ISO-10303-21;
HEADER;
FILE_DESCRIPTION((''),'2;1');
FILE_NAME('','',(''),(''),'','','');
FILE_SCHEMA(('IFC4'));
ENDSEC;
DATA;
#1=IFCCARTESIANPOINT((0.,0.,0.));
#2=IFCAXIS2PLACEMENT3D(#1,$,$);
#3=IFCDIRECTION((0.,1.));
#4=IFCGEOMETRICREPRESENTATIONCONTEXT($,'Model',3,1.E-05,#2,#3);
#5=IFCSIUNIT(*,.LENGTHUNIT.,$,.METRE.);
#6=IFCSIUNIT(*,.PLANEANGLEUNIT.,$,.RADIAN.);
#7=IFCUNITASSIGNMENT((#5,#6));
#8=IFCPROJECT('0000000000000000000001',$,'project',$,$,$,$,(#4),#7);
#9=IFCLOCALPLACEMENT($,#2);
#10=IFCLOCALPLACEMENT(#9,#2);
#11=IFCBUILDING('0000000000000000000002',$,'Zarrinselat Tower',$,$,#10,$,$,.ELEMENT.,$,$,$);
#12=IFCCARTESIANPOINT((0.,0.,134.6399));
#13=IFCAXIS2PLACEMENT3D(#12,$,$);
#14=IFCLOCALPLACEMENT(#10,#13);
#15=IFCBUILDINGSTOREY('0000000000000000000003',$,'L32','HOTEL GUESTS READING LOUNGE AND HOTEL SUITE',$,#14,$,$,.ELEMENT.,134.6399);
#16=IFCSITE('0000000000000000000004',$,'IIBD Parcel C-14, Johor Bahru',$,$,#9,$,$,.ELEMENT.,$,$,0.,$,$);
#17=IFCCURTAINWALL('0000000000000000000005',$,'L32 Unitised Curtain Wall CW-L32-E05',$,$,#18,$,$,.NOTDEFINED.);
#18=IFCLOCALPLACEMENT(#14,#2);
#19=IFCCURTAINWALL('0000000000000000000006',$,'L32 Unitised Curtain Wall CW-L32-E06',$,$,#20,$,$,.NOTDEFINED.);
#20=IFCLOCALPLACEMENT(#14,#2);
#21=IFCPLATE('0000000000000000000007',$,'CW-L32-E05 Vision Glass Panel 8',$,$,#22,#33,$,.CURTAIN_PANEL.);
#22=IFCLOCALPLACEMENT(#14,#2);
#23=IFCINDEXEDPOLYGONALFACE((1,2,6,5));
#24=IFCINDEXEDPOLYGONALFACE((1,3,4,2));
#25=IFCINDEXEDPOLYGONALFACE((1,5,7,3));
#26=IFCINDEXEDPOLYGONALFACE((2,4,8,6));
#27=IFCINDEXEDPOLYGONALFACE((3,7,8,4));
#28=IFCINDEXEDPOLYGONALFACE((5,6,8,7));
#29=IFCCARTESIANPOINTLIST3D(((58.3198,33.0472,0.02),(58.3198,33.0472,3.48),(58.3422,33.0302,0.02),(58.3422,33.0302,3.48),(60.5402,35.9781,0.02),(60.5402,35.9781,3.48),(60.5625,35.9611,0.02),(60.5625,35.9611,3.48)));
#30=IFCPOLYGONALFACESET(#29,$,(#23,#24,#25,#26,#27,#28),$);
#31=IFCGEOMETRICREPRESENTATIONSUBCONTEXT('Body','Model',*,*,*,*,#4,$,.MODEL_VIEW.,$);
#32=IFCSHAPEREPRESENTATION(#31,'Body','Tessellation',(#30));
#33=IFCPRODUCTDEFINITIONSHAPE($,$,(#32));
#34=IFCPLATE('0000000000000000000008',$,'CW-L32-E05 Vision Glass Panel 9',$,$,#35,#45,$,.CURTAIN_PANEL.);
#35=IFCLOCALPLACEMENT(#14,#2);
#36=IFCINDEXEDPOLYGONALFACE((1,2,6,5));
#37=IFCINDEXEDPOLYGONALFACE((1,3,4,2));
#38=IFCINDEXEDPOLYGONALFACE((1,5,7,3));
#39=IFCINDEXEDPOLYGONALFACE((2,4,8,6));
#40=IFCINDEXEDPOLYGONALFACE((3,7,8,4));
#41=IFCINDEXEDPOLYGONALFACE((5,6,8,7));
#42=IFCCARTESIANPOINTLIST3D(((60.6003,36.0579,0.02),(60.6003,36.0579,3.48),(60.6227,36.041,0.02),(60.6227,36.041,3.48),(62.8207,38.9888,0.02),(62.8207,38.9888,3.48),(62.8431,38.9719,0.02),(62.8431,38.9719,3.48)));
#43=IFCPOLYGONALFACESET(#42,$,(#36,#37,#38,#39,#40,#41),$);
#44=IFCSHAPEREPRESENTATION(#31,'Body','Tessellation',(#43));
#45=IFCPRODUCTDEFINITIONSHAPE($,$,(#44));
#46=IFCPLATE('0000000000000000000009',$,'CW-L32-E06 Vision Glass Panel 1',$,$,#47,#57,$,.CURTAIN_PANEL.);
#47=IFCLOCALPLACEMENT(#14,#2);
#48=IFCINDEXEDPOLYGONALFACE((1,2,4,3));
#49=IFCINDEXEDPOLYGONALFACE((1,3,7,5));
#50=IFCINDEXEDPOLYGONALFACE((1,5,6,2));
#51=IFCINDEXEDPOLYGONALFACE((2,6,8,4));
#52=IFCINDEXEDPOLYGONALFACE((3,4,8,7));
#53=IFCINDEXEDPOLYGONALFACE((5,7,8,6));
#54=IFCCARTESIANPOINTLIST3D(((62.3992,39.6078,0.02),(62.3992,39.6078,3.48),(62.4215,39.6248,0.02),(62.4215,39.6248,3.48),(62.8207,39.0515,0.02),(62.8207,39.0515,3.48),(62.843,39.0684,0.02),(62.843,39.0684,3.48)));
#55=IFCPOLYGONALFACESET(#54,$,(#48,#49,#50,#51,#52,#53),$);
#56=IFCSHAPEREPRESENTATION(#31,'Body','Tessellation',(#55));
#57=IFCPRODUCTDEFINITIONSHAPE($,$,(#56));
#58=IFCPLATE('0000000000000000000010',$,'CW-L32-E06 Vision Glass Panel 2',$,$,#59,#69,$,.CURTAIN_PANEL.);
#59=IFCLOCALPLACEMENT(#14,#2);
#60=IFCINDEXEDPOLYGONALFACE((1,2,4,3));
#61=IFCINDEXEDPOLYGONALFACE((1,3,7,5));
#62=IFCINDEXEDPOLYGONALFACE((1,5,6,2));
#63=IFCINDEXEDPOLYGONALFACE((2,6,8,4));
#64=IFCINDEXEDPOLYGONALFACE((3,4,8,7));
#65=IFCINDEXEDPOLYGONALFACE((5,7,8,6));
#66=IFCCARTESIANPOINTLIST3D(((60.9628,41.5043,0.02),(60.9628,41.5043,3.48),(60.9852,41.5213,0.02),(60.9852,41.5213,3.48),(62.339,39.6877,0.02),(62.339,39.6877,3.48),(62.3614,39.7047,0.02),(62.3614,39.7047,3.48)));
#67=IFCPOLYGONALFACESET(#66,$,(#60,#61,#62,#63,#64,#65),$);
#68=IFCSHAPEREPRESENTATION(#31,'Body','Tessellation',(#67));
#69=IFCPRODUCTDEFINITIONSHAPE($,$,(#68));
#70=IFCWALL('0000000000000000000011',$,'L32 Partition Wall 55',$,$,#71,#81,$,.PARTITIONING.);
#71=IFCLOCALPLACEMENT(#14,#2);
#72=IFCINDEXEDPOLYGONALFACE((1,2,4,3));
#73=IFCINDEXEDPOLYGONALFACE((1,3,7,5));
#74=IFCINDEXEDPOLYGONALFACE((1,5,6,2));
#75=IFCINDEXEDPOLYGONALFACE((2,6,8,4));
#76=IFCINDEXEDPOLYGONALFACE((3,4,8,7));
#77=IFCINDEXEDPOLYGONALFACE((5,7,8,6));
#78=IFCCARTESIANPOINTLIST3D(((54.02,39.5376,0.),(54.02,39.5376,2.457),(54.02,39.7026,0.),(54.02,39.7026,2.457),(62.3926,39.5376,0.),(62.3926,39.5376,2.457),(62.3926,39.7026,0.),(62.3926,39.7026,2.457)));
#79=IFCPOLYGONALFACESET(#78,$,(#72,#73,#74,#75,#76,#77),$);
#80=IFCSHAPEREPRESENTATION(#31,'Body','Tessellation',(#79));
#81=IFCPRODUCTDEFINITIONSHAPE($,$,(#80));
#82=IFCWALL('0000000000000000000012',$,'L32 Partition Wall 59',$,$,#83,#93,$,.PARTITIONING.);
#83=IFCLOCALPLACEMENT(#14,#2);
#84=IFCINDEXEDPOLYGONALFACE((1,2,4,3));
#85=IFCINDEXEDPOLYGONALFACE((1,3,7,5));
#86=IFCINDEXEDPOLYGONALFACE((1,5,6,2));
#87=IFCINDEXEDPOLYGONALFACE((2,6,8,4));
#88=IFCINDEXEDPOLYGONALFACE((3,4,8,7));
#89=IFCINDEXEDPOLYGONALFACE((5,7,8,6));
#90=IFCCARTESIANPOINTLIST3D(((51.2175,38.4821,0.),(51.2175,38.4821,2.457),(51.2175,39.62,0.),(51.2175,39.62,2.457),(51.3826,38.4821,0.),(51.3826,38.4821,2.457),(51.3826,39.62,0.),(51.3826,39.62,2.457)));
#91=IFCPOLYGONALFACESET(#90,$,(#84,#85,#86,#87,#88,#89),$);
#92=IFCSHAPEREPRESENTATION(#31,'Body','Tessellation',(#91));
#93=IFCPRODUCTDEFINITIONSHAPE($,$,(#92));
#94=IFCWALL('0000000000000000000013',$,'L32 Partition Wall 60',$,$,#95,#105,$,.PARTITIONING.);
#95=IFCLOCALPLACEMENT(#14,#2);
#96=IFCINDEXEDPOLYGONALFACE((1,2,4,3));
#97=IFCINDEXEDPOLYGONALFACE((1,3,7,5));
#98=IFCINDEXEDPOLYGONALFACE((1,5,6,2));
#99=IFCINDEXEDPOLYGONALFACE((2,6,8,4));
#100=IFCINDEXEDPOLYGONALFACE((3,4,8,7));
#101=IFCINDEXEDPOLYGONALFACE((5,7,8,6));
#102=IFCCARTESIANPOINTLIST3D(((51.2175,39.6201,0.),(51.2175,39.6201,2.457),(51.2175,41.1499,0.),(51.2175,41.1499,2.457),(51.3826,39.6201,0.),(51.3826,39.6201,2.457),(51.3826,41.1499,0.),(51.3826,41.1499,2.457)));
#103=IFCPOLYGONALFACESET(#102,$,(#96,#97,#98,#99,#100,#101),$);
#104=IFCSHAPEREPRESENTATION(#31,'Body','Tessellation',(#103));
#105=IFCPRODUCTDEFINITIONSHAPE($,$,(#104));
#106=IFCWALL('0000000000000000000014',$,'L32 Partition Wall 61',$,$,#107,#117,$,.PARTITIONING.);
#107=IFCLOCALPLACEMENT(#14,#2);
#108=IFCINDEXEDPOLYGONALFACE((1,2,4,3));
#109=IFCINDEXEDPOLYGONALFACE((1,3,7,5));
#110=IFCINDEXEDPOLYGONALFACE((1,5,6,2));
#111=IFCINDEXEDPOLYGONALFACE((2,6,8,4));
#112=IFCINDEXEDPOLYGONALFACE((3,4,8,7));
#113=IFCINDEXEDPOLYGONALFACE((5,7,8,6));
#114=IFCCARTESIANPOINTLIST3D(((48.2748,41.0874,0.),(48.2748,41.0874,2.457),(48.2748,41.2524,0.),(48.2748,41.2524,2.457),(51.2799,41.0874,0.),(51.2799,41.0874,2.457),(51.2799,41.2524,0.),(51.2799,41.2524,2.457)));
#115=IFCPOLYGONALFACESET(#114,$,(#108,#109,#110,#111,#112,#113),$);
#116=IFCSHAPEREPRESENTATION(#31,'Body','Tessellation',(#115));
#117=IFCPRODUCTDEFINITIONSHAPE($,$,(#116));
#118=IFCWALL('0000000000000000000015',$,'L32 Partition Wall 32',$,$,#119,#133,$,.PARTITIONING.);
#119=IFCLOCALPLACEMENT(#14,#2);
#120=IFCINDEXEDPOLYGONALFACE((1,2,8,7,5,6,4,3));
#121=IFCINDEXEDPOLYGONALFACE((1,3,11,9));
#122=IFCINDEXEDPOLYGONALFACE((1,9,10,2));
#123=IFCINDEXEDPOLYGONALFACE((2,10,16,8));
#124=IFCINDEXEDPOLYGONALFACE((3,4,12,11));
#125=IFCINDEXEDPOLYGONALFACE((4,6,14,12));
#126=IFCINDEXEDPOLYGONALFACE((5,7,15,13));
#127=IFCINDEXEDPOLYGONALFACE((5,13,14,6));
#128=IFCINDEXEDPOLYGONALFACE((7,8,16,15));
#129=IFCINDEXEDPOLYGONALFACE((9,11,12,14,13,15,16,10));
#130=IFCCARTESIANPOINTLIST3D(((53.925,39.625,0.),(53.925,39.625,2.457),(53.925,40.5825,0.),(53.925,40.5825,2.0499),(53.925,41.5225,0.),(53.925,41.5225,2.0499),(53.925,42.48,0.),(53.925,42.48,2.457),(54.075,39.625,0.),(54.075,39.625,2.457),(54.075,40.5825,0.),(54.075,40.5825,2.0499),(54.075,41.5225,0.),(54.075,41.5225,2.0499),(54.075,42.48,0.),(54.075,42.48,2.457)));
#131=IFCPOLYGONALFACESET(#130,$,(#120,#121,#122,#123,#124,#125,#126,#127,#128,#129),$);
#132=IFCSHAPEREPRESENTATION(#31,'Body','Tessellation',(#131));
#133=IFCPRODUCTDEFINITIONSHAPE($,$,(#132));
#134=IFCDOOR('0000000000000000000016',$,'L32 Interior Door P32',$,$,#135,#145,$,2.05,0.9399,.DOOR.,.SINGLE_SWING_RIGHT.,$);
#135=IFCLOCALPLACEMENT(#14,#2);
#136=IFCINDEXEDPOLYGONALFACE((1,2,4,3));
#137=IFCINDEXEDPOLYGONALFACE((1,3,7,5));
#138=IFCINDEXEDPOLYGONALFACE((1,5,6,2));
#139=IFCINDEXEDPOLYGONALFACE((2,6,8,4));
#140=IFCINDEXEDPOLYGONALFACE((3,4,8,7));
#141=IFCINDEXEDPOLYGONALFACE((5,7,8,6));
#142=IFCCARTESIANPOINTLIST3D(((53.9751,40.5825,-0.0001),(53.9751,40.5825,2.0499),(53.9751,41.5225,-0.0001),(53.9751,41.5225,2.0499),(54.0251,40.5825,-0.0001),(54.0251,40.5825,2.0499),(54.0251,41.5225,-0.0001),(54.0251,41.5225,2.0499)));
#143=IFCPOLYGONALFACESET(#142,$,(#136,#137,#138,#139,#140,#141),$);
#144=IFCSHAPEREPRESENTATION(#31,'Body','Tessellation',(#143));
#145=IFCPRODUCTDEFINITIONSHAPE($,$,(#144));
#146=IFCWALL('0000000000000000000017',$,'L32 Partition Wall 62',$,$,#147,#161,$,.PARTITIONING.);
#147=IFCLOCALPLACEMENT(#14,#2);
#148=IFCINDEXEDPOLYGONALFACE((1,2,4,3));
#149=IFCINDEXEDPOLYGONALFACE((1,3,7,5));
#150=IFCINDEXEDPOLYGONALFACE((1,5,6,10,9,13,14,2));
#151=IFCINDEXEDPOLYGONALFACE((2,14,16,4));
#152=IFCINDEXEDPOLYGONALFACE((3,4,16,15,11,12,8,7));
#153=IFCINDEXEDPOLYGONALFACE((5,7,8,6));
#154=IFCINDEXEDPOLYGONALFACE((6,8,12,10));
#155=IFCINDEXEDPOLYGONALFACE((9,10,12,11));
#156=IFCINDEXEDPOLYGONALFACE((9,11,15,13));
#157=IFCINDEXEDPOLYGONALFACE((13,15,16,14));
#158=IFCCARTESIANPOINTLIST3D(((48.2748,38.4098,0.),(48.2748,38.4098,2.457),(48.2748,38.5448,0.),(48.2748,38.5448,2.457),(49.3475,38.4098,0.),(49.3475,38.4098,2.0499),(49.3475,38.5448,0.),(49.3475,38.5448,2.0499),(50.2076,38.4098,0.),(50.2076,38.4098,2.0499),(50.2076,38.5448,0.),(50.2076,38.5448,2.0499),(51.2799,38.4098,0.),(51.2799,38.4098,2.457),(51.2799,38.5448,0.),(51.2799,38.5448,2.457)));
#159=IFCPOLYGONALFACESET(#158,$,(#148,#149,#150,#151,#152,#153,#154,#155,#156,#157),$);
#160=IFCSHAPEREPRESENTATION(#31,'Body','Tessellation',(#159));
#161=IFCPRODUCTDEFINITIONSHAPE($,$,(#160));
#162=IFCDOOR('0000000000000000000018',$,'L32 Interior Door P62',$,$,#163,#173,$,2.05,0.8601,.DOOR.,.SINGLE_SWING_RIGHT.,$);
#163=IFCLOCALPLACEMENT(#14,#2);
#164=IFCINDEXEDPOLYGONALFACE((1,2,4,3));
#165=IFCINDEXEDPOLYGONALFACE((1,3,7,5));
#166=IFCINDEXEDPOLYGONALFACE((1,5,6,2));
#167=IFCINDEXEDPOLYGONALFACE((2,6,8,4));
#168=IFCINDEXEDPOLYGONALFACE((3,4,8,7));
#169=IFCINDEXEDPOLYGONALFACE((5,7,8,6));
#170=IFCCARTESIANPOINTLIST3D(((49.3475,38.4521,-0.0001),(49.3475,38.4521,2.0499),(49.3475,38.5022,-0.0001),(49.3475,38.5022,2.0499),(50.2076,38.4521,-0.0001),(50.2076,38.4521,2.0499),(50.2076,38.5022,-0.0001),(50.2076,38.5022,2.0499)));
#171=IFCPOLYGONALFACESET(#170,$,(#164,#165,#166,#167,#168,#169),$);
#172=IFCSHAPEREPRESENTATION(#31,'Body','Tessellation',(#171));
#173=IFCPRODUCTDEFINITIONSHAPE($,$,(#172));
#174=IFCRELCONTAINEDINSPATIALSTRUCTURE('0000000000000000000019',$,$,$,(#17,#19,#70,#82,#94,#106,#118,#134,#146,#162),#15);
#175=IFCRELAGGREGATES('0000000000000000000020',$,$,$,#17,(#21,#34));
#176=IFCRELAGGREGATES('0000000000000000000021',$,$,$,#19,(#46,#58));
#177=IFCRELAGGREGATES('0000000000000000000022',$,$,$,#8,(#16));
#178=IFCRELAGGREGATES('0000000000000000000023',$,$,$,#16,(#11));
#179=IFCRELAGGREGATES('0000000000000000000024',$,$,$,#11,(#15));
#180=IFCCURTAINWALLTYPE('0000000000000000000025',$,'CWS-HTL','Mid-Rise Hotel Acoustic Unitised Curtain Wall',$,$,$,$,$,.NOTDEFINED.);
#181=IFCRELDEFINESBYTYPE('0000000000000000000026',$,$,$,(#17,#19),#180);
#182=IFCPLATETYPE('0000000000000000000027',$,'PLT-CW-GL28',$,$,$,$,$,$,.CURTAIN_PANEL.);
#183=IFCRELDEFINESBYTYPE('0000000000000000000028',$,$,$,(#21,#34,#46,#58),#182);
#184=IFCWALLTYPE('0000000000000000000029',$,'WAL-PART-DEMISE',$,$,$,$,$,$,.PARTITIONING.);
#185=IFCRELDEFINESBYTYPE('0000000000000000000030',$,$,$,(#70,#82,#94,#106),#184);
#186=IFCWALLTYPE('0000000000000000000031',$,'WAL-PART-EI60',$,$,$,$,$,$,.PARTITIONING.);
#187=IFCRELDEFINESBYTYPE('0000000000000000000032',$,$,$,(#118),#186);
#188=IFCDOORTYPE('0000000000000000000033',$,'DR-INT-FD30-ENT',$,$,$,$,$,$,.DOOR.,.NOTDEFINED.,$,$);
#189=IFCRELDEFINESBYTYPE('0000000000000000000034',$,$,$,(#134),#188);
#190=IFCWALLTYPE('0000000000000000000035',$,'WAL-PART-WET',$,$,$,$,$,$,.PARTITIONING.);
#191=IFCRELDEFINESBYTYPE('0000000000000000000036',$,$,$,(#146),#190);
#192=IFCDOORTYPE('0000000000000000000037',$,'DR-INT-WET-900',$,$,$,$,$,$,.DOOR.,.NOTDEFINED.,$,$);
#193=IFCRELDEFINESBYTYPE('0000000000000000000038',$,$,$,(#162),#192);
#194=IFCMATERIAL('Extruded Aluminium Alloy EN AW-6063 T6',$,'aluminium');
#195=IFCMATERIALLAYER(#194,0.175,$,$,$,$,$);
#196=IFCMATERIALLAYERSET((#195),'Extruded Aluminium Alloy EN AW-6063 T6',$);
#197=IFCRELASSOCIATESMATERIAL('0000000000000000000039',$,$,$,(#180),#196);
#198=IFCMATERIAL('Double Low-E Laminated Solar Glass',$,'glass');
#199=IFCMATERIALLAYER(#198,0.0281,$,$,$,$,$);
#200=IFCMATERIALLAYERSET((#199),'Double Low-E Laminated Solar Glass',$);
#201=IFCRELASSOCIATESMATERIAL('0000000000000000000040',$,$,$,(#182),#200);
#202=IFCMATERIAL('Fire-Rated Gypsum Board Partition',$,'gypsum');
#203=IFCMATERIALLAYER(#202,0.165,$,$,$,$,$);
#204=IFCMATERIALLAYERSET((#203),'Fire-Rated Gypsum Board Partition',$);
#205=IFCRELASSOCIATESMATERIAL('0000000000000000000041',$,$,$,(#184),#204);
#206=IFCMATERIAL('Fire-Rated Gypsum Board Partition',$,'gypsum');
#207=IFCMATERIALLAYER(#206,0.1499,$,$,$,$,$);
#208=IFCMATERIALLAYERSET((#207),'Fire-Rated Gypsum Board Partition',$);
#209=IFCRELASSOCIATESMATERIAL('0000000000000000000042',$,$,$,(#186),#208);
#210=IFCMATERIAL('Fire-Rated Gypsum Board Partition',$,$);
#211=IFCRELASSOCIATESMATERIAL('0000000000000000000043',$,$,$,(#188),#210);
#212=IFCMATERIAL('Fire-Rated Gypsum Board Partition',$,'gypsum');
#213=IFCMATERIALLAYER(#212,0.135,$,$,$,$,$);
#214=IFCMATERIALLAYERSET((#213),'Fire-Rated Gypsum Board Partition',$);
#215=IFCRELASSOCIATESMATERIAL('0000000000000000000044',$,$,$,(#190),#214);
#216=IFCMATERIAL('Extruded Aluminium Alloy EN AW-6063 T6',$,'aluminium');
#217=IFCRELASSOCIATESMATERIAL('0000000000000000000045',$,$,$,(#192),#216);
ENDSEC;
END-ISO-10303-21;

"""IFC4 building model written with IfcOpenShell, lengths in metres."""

from ifc_helpers import new_model, si_unit, direction, frame, frame_2d, origin, origin_2d, place, context, subcontext, project, spatial, rectangle, extrude, material, layer, layer_set, type_object, element, fill, aggregate, save


model = new_model("IFC4")

# Units and contexts
model_context = context("Model", 3, precision=1e-05, world=origin(), true_north=direction((0.0, 1.0)))
body_context = subcontext(model_context, "Body", "Model", "MODEL_VIEW")
ifc_project = project(units=[si_unit("LENGTHUNIT", "METRE"), si_unit("PLANEANGLEUNIT", "RADIAN")], contexts=[model_context])

# Site, building, storey
site_placement = place(None, origin())
site = spatial("IfcSite", under=ifc_project, at=site_placement, Name="IIBD Parcel C-14, Johor Bahru", CompositionType="ELEMENT", RefElevation=0.0)
building_placement = place(site_placement, origin())
building = spatial("IfcBuilding", under=site, at=building_placement, Name="Zarrinselat Tower", CompositionType="ELEMENT")
storey_placement = place(building_placement, frame((0.0, 0.0, 134.6399)))
storey = spatial("IfcBuildingStorey", under=building, at=storey_placement, Name="L32", Description="HOTEL GUESTS READING LOUNGE AND HOTEL SUITE", CompositionType="ELEMENT", Elevation=134.6399)

# Curtain walls
ifc_material_1 = material(Name="Extruded Aluminium Alloy EN AW-6063 T6", Category="aluminium")
ifc_layer_1 = layer(ifc_material_1, 0.175)
ifc_layer_set_1 = layer_set([ifc_layer_1], Name="Extruded Aluminium Alloy EN AW-6063 T6")
curtain_wall_type = type_object("IfcCurtainWallType", Name="CWS-HTL", Description="Mid-Rise Hotel Acoustic Unitised Curtain Wall", PredefinedType="NOTDEFINED", material=ifc_layer_set_1)
curtain_wall_1_placement = place(storey_placement, origin())
curtain_wall_1 = element("IfcCurtainWall", 1, at=curtain_wall_1_placement, inside=storey, type_object=curtain_wall_type, Name="L32 Unitised Curtain Wall CW-L32-E05", PredefinedType="NOTDEFINED")
curtain_wall_2_placement = place(storey_placement, origin())
curtain_wall_2 = element("IfcCurtainWall", 2, at=curtain_wall_2_placement, inside=storey, type_object=curtain_wall_type, Name="L32 Unitised Curtain Wall CW-L32-E06", PredefinedType="NOTDEFINED")

# Plates
ifc_material_2 = material(Name="Double Low-E Laminated Solar Glass", Category="glass")
ifc_layer_2 = layer(ifc_material_2, 0.0281)
ifc_layer_set_2 = layer_set([ifc_layer_2], Name="Double Low-E Laminated Solar Glass")
plate_type = type_object("IfcPlateType", Name="PLT-CW-GL28", PredefinedType="CURTAIN_PANEL", material=ifc_layer_set_2)
plate_1_placement = place(storey_placement, frame((59.4412, 34.5042, 0.02), z_axis=(0.0, 0.0, 1.0), x_axis=(0.603856, 0.797094, 0.0)))
plate_1 = element("IfcPlate", 3, at=plate_1_placement, type_object=plate_type, Name="CW-L32-E05 Vision Glass Panel 8", PredefinedType="CURTAIN_PANEL", context=body_context, shape_type="SweptSolid", body=[
    extrude(rectangle(XDim=3.677, YDim=0.0281, at=origin_2d()), origin(), (0.0, 0.0, 1.0), 3.46),
])
plate_2_placement = place(storey_placement, frame((61.7217, 37.5149, 0.02), z_axis=(0.0, 0.0, 1.0), x_axis=(0.603856, 0.797094, 0.0)))
plate_2 = element("IfcPlate", 4, at=plate_2_placement, type_object=plate_type, Name="CW-L32-E05 Vision Glass Panel 9", PredefinedType="CURTAIN_PANEL", context=body_context, shape_type="SweptSolid", body=[
    extrude(rectangle(XDim=3.677, YDim=0.0281, at=origin_2d()), origin(), (0.0, 0.0, 1.0), 3.46),
])
aggregate(curtain_wall_1, [plate_1, plate_2])
plate_3_placement = place(storey_placement, frame((62.6211, 39.3381, 0.02), z_axis=(0.0, 0.0, 1.0), x_axis=(-0.603859, 0.797091, 0.0)))
plate_3 = element("IfcPlate", 5, at=plate_3_placement, type_object=plate_type, Name="CW-L32-E06 Vision Glass Panel 1", PredefinedType="CURTAIN_PANEL", context=body_context, shape_type="SweptSolid", body=[
    extrude(rectangle(XDim=0.698, YDim=0.0281, at=origin_2d()), origin(), (0.0, 0.0, 1.0), 3.46),
])
plate_4_placement = place(storey_placement, frame((61.6621, 40.6045, 0.02), z_axis=(0.0, 0.0, 1.0), x_axis=(-0.603859, 0.797091, 0.0)))
plate_4 = element("IfcPlate", 6, at=plate_4_placement, type_object=plate_type, Name="CW-L32-E06 Vision Glass Panel 2", PredefinedType="CURTAIN_PANEL", context=body_context, shape_type="SweptSolid", body=[
    extrude(rectangle(XDim=2.2791, YDim=0.0281, at=origin_2d()), origin(), (0.0, 0.0, 1.0), 3.46),
])
aggregate(curtain_wall_2, [plate_3, plate_4])

# Walls
ifc_material_3 = material(Name="Fire-Rated Gypsum Board Partition", Category="gypsum")
ifc_layer_3 = layer(ifc_material_3, 0.165)
ifc_layer_set_3 = layer_set([ifc_layer_3], Name="Fire-Rated Gypsum Board Partition")
wall_type_1 = type_object("IfcWallType", Name="WAL-PART-DEMISE", PredefinedType="PARTITIONING", material=ifc_layer_set_3)
wall_1_placement = place(storey_placement, frame((54.02, 39.6201, 0.0), z_axis=(0.0, 0.0, 1.0), x_axis=(1.0, 0.0, 0.0)))
element("IfcWall", 7, at=wall_1_placement, inside=storey, type_object=wall_type_1, Name="L32 Partition Wall 55", PredefinedType="PARTITIONING", context=body_context, shape_type="SweptSolid", body=[
    extrude(rectangle(XDim=8.3726, YDim=0.165, at=frame_2d((4.1863, 0.0))), origin(), (0.0, 0.0, 1.0), 2.457),
])
wall_2_placement = place(storey_placement, frame((51.3, 38.4822, 0.0), z_axis=(0.0, 0.0, 1.0), x_axis=(0.0, 1.0, 0.0)))
element("IfcWall", 8, at=wall_2_placement, inside=storey, type_object=wall_type_1, Name="L32 Partition Wall 59", PredefinedType="PARTITIONING", context=body_context, shape_type="SweptSolid", body=[
    extrude(rectangle(XDim=1.1379, YDim=0.165, at=frame_2d((0.5688, 0.0))), origin(), (0.0, 0.0, 1.0), 2.457),
])
wall_3_placement = place(storey_placement, frame((51.3, 39.6201, 0.0), z_axis=(0.0, 0.0, 1.0), x_axis=(0.0, 1.0, 0.0)))
element("IfcWall", 9, at=wall_3_placement, inside=storey, type_object=wall_type_1, Name="L32 Partition Wall 60", PredefinedType="PARTITIONING", context=body_context, shape_type="SweptSolid", body=[
    extrude(rectangle(XDim=1.5298, YDim=0.165, at=frame_2d((0.7649, 0.0))), origin(), (0.0, 0.0, 1.0), 2.457),
])
wall_4_placement = place(storey_placement, frame((48.2749, 41.1699, 0.0), z_axis=(0.0, 0.0, 1.0), x_axis=(1.0, 0.0, 0.0)))
element("IfcWall", 10, at=wall_4_placement, inside=storey, type_object=wall_type_1, Name="L32 Partition Wall 61", PredefinedType="PARTITIONING", context=body_context, shape_type="SweptSolid", body=[
    extrude(rectangle(XDim=3.0051, YDim=0.165, at=frame_2d((1.5024, 0.0))), origin(), (0.0, 0.0, 1.0), 2.457),
])

# Walls, openings, doors
ifc_material_4 = material(Name="Fire-Rated Gypsum Board Partition", Category="gypsum")
ifc_layer_4 = layer(ifc_material_4, 0.1499)
ifc_layer_set_4 = layer_set([ifc_layer_4], Name="Fire-Rated Gypsum Board Partition")
wall_type_2 = type_object("IfcWallType", Name="WAL-PART-EI60", PredefinedType="PARTITIONING", material=ifc_layer_set_4)
wall_5_placement = place(storey_placement, frame((54.0, 39.625, 0.0), z_axis=(0.0, 0.0, 1.0), x_axis=(0.0, 1.0, 0.0)))
wall_5 = element("IfcWall", 11, at=wall_5_placement, inside=storey, type_object=wall_type_2, Name="L32 Partition Wall 32", PredefinedType="PARTITIONING", context=body_context, shape_type="SweptSolid", body=[
    extrude(rectangle(XDim=2.855, YDim=0.1499, at=frame_2d((1.4275, 0.0))), origin(), (0.0, 0.0, 1.0), 2.457),
])
opening_1_placement = place(wall_5_placement, frame((0.9575, 0.0, 0.0)))
opening_1 = element("IfcOpeningElement", 12, at=opening_1_placement, cuts=wall_5, PredefinedType="OPENING", context=body_context, shape_type="SweptSolid", body=[
    extrude(rectangle(XDim=0.9399, YDim=2.05, at=frame_2d((0.47, 1.0249))), frame((0.0, 0.085, 0.0), z_axis=(0.0, -1.0, 0.0), x_axis=(1.0, 0.0, 0.0)), (0.0, 0.0, 1.0), 0.1699),
])
ifc_material_5 = material(Name="Fire-Rated Gypsum Board Partition")
door_type_1 = type_object("IfcDoorType", Name="DR-INT-FD30-ENT", OperationType="NOTDEFINED", PredefinedType="DOOR", material=ifc_material_5)
door_1_placement = place(opening_1_placement, origin())
door_1 = element("IfcDoor", 13, at=door_1_placement, inside=storey, type_object=door_type_1, Name="L32 Interior Door P32", OperationType="SINGLE_SWING_RIGHT", OverallHeight=2.05, OverallWidth=0.9399, PredefinedType="DOOR", context=body_context, shape_type="SweptSolid", body=[
    extrude(rectangle(XDim=0.9399, YDim=2.05, at=frame_2d((0.47, 1.0249))), frame((0.0, 0.0249, 0.0), z_axis=(0.0, -1.0, 0.0), x_axis=(1.0, 0.0, 0.0)), (0.0, 0.0, 1.0), 0.05),
])
fill(opening_1, door_1)
ifc_material_6 = material(Name="Fire-Rated Gypsum Board Partition", Category="gypsum")
ifc_layer_5 = layer(ifc_material_6, 0.135)
ifc_layer_set_5 = layer_set([ifc_layer_5], Name="Fire-Rated Gypsum Board Partition")
wall_type_3 = type_object("IfcWallType", Name="WAL-PART-WET", PredefinedType="PARTITIONING", material=ifc_layer_set_5)
wall_6_placement = place(storey_placement, frame((48.2749, 38.4773, 0.0), z_axis=(0.0, 0.0, 1.0), x_axis=(1.0, 0.0, 0.0)))
wall_6 = element("IfcWall", 14, at=wall_6_placement, inside=storey, type_object=wall_type_3, Name="L32 Partition Wall 62", PredefinedType="PARTITIONING", context=body_context, shape_type="SweptSolid", body=[
    extrude(rectangle(XDim=3.0051, YDim=0.135, at=frame_2d((1.5024, 0.0))), origin(), (0.0, 0.0, 1.0), 2.457),
])
opening_2_placement = place(wall_6_placement, frame((1.0725, 0.0, 0.0)))
opening_2 = element("IfcOpeningElement", 15, at=opening_2_placement, cuts=wall_6, PredefinedType="OPENING", context=body_context, shape_type="SweptSolid", body=[
    extrude(rectangle(XDim=0.8601, YDim=2.05, at=frame_2d((0.4302, 1.0249))), frame((0.0, 0.0774, 0.0), z_axis=(0.0, -1.0, 0.0), x_axis=(1.0, 0.0, 0.0)), (0.0, 0.0, 1.0), 0.155),
])
ifc_material_7 = material(Name="Extruded Aluminium Alloy EN AW-6063 T6", Category="aluminium")
door_type_2 = type_object("IfcDoorType", Name="DR-INT-WET-900", OperationType="NOTDEFINED", PredefinedType="DOOR", material=ifc_material_7)
door_2_placement = place(opening_2_placement, origin())
door_2 = element("IfcDoor", 16, at=door_2_placement, inside=storey, type_object=door_type_2, Name="L32 Interior Door P62", OperationType="SINGLE_SWING_RIGHT", OverallHeight=2.05, OverallWidth=0.8601, PredefinedType="DOOR", context=body_context, shape_type="SweptSolid", body=[
    extrude(rectangle(XDim=0.8601, YDim=2.05, at=frame_2d((0.4302, 1.0249))), frame((0.0, 0.0249, 0.0), z_axis=(0.0, -1.0, 0.0), x_axis=(1.0, 0.0, 0.0)), (0.0, 0.0, 1.0), 0.05),
])
fill(opening_2, door_2)

save(model, "model.ifc")
